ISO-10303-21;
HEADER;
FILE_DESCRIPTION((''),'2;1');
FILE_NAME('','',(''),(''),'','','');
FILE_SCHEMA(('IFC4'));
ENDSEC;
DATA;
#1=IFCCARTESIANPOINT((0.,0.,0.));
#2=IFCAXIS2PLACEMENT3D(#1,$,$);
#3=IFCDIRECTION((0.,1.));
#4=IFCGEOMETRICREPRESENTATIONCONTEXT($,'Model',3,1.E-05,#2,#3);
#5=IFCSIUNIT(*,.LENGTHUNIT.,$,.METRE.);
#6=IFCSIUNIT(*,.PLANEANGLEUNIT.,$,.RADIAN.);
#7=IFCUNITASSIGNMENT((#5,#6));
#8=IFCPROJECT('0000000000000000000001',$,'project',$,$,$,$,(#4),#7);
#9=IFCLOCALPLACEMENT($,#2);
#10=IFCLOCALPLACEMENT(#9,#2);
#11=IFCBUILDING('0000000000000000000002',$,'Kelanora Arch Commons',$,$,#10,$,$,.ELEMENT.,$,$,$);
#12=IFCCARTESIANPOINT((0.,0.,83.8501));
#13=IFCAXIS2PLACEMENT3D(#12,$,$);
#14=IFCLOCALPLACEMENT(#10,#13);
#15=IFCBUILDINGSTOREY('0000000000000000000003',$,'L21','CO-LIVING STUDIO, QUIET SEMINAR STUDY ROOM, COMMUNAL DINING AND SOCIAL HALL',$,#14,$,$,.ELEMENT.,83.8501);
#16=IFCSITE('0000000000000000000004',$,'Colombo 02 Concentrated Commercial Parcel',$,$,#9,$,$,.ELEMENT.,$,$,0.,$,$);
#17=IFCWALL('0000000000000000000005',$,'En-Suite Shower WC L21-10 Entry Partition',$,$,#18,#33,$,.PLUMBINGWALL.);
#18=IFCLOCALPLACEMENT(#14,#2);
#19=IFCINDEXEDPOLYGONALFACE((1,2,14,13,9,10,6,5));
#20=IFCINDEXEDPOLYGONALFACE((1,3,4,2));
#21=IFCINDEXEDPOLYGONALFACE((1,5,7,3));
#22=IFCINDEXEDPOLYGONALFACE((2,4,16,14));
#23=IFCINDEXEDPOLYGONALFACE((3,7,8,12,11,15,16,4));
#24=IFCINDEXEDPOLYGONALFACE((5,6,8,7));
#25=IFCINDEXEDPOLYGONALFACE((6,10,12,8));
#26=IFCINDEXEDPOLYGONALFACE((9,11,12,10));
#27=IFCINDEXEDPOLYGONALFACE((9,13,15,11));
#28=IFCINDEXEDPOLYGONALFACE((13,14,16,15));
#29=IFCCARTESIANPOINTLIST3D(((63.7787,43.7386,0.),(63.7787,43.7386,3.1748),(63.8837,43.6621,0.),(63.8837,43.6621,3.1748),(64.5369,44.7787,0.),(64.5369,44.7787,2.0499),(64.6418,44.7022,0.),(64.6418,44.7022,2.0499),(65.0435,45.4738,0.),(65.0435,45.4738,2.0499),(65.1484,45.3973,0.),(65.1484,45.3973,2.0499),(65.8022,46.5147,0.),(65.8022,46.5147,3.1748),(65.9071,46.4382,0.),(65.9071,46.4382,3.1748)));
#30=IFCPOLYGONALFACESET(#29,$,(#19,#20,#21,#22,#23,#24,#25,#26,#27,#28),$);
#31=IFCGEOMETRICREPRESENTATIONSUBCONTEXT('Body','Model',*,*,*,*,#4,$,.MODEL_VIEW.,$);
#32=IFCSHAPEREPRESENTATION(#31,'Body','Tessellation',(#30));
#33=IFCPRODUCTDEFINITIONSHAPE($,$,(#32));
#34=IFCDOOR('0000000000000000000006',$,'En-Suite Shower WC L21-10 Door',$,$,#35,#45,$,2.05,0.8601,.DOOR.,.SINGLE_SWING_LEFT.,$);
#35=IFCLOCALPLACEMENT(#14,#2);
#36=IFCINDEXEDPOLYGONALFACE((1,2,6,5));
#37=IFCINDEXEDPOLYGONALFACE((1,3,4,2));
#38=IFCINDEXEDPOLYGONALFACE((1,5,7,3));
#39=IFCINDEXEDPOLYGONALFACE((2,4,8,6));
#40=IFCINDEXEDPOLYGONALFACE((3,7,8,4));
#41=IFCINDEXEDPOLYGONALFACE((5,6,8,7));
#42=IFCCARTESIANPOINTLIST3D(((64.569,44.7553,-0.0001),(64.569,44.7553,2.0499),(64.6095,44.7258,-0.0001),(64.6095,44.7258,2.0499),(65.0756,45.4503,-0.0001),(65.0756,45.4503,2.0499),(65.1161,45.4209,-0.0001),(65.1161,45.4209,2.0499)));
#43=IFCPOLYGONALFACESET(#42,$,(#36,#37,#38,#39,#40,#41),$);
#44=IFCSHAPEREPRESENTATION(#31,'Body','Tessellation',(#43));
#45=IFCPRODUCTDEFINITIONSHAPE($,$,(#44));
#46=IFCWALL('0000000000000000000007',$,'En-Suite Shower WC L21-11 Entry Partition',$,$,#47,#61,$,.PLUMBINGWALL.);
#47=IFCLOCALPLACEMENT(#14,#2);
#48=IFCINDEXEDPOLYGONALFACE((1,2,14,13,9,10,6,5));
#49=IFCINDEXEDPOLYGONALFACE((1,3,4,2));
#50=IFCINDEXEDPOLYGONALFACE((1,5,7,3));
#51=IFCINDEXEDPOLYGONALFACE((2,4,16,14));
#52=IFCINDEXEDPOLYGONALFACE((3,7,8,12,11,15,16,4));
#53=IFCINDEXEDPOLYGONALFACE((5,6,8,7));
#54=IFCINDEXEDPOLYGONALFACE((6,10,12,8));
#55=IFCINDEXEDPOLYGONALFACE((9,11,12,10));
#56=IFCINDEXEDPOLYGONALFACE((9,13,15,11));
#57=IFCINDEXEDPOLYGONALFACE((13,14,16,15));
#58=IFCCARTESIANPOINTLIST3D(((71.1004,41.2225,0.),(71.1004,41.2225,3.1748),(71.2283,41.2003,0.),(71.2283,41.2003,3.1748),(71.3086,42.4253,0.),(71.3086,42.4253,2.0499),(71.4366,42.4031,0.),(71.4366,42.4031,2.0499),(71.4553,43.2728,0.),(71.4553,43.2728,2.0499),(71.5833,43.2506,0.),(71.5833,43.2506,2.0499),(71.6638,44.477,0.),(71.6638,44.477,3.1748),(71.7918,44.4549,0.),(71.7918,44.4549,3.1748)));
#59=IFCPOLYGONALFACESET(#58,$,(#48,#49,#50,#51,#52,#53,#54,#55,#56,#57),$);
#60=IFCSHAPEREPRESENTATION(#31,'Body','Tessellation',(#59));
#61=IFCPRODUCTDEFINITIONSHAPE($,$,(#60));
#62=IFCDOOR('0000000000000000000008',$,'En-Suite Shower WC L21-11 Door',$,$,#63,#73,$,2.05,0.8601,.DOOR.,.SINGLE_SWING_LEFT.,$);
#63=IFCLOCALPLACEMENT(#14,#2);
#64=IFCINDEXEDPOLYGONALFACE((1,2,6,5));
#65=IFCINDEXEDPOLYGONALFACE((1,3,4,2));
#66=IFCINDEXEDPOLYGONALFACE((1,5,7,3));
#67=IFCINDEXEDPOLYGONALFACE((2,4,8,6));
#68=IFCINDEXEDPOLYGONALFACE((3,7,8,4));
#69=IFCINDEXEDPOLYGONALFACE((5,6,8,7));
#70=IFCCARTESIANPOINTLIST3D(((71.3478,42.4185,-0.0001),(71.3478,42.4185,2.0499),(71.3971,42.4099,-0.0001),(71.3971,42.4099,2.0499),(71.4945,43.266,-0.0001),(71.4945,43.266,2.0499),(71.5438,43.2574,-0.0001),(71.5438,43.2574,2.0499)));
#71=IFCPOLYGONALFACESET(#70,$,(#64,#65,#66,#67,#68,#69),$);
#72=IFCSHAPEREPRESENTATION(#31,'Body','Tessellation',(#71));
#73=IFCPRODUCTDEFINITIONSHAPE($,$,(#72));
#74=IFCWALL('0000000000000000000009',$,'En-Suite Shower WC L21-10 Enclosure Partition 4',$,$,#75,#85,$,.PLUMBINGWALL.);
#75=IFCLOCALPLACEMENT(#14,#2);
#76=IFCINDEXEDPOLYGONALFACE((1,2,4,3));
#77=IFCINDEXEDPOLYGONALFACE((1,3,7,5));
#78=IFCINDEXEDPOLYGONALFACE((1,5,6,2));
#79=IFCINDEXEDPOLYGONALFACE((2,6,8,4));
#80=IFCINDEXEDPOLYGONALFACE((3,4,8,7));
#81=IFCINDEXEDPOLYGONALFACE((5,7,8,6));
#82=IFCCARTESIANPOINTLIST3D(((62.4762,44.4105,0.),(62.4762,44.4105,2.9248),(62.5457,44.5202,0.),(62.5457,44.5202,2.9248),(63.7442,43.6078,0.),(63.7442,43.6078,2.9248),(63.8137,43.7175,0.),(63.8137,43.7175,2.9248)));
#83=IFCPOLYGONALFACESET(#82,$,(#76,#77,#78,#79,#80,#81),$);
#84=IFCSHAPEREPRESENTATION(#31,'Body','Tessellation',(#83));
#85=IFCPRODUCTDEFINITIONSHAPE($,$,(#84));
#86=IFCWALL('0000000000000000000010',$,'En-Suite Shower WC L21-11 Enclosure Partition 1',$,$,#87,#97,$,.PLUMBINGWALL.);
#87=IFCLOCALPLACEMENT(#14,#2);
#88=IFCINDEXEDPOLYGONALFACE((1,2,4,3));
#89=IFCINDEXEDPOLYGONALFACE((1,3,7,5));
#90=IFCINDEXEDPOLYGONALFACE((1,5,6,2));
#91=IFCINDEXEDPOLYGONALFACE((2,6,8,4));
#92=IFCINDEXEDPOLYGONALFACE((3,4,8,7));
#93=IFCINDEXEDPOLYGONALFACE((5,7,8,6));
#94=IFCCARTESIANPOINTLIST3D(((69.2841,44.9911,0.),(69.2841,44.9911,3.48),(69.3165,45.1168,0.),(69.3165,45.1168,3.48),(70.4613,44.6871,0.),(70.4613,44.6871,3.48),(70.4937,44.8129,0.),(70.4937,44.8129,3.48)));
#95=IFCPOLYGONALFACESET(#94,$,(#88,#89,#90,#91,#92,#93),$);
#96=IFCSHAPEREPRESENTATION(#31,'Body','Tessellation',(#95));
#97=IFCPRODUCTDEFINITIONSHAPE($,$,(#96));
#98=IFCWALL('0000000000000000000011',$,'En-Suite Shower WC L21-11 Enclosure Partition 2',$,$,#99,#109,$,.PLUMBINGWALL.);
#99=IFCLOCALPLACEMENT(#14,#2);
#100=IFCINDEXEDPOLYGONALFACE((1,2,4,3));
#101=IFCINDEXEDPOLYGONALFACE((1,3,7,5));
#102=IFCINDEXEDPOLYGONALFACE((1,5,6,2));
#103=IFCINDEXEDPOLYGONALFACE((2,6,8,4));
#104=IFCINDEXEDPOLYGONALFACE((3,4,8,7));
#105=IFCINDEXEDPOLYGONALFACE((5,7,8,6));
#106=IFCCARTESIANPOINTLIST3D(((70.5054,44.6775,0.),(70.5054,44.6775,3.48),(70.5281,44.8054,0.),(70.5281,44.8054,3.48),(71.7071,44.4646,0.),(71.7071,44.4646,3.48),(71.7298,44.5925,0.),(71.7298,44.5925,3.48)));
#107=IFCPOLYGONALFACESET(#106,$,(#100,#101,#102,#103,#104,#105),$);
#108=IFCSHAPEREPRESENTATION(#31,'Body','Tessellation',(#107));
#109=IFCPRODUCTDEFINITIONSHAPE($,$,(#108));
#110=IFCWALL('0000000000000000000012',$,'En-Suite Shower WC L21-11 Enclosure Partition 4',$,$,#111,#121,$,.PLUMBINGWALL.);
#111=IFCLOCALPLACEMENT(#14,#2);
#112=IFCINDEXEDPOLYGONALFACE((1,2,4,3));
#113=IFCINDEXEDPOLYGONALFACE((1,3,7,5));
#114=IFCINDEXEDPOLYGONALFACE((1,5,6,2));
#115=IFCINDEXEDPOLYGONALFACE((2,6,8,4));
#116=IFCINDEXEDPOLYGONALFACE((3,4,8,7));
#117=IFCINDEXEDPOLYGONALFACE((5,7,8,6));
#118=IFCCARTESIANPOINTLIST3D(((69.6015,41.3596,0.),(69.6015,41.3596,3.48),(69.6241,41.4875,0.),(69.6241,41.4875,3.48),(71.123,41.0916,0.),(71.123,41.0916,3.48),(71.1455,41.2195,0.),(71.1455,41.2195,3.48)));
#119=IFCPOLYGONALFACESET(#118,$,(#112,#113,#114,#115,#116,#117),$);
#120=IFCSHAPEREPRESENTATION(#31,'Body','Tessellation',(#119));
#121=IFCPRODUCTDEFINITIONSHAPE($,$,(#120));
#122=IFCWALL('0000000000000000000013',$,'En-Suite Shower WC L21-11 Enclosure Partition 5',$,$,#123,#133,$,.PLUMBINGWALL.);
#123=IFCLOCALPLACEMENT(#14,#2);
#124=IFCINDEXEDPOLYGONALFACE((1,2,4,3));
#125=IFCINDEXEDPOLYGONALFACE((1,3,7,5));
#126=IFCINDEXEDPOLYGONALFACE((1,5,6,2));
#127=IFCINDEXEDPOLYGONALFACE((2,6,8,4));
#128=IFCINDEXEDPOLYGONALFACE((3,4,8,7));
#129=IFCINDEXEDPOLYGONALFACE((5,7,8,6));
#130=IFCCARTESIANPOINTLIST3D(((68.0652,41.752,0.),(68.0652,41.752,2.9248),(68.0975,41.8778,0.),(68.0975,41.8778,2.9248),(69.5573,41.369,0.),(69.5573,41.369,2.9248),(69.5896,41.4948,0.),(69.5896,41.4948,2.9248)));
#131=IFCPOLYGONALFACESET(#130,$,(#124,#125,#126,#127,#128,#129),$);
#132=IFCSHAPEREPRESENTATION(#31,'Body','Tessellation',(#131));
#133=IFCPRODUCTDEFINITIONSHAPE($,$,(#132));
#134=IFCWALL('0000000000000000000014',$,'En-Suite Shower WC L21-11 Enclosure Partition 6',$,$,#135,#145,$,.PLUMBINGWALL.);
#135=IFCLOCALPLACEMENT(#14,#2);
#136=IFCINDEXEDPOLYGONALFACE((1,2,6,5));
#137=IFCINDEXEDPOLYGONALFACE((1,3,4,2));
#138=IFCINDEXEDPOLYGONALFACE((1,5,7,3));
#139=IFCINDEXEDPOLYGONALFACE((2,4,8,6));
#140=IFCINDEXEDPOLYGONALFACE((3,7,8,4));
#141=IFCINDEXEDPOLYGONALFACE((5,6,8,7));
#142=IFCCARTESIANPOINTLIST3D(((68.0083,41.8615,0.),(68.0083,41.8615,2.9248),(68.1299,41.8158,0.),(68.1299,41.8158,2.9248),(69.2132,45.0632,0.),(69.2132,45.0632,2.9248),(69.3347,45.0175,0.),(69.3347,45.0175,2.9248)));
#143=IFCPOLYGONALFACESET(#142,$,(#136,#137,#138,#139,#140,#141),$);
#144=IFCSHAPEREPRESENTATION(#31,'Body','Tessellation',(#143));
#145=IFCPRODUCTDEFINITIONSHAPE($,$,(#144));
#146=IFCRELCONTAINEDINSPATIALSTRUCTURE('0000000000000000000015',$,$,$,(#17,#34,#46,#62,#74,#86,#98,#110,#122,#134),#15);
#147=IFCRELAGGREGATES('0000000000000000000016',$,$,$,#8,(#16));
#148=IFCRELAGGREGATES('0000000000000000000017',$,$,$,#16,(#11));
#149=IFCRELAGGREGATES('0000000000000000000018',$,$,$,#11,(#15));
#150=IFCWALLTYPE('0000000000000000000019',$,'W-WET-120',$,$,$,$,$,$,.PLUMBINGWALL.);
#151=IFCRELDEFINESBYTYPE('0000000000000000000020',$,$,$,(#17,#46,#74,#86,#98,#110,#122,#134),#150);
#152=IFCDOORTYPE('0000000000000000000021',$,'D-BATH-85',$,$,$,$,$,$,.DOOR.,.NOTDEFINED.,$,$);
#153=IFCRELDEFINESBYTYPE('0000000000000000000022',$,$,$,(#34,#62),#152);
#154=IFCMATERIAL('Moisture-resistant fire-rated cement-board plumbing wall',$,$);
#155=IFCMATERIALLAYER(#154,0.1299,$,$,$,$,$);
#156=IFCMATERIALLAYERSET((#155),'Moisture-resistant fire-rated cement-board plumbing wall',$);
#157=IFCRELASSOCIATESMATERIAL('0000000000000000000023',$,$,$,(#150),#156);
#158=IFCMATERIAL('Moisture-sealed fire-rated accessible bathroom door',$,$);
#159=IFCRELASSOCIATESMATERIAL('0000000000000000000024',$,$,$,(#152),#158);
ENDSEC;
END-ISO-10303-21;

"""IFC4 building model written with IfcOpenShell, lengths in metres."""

from ifc_helpers import new_model, si_unit, direction, frame, frame_2d, origin, place, context, subcontext, project, spatial, rectangle, extrude, material, layer, layer_set, type_object, element, fill, save


model = new_model("IFC4")

# Units and contexts
model_context = context("Model", 3, precision=1e-05, world=origin(), true_north=direction((0.0, 1.0)))
body_context = subcontext(model_context, "Body", "Model", "MODEL_VIEW")
ifc_project = project(units=[si_unit("LENGTHUNIT", "METRE"), si_unit("PLANEANGLEUNIT", "RADIAN")], contexts=[model_context])

# Site, building, storey
site_placement = place(None, origin())
site = spatial("IfcSite", under=ifc_project, at=site_placement, Name="Colombo 02 Concentrated Commercial Parcel", CompositionType="ELEMENT", RefElevation=0.0)
building_placement = place(site_placement, origin())
building = spatial("IfcBuilding", under=site, at=building_placement, Name="Kelanora Arch Commons", CompositionType="ELEMENT")
storey_placement = place(building_placement, frame((0.0, 0.0, 83.8501)))
storey = spatial("IfcBuildingStorey", under=building, at=storey_placement, Name="L21", Description="CO-LIVING STUDIO, QUIET SEMINAR STUDY ROOM, COMMUNAL DINING AND SOCIAL HALL", CompositionType="ELEMENT", Elevation=83.8501)

# Walls, openings, doors
ifc_material_1 = material(Name="Moisture-resistant fire-rated cement-board plumbing wall")
ifc_layer_1 = layer(ifc_material_1, 0.1299)
ifc_layer_set_1 = layer_set([ifc_layer_1], Name="Moisture-resistant fire-rated cement-board plumbing wall")
wall_type_1 = type_object("IfcWallType", Name="W-WET-120", PredefinedType="PLUMBINGWALL", material=ifc_layer_set_1)
wall_1_placement = place(storey_placement, frame((65.8547, 46.4766, 0.0), z_axis=(0.0, 0.0, 1.0), x_axis=(-0.589017, -0.808121, 0.0)))
wall_1 = element("IfcWall", 1, at=wall_1_placement, inside=storey, type_object=wall_type_1, Name="En-Suite Shower WC L21-10 Entry Partition", PredefinedType="PLUMBINGWALL", context=body_context, shape_type="SweptSolid", body=[
    extrude(rectangle(XDim=3.4353, YDim=0.1299, at=frame_2d((1.7178, 0.0))), origin(), (0.0, 0.0, 1.0), 3.1748),
])
opening_1_placement = place(wall_1_placement, frame((1.2881, 0.0, 0.0)))
opening_1 = element("IfcOpeningElement", 2, at=opening_1_placement, cuts=wall_1, PredefinedType="OPENING", context=body_context, shape_type="SweptSolid", body=[
    extrude(rectangle(XDim=0.8601, YDim=2.05, at=frame_2d((0.4302, 1.0249))), frame((0.0, 0.075, 0.0), z_axis=(0.0, -1.0, 0.0), x_axis=(1.0, 0.0, 0.0)), (0.0, 0.0, 1.0), 0.1499),
])
ifc_material_2 = material(Name="Moisture-sealed fire-rated accessible bathroom door")
door_type_1 = type_object("IfcDoorType", Name="D-BATH-85", OperationType="NOTDEFINED", PredefinedType="DOOR", material=ifc_material_2)
door_1_placement = place(opening_1_placement, origin())
door_1 = element("IfcDoor", 3, at=door_1_placement, inside=storey, type_object=door_type_1, Name="En-Suite Shower WC L21-10 Door", OperationType="SINGLE_SWING_LEFT", OverallHeight=2.05, OverallWidth=0.8601, PredefinedType="DOOR", context=body_context, shape_type="SweptSolid", body=[
    extrude(rectangle(XDim=0.8601, YDim=2.05, at=frame_2d((0.4302, 1.0249))), frame((0.0, 0.0249, 0.0), z_axis=(0.0, -1.0, 0.0), x_axis=(1.0, 0.0, 0.0)), (0.0, 0.0, 1.0), 0.05),
])
fill(opening_1, door_1)
wall_2_placement = place(storey_placement, frame((71.7278, 44.4658, 0.0), z_axis=(0.0, 0.0, 1.0), x_axis=(-0.170592, -0.985342, 0.0)))
wall_2 = element("IfcWall", 4, at=wall_2_placement, inside=storey, type_object=wall_type_1, Name="En-Suite Shower WC L21-11 Entry Partition", PredefinedType="PLUMBINGWALL", context=body_context, shape_type="SweptSolid", body=[
    extrude(rectangle(XDim=3.303, YDim=0.1299, at=frame_2d((1.6514, 0.0))), origin(), (0.0, 0.0, 1.0), 3.1748),
])
opening_2_placement = place(wall_2_placement, frame((1.2219, 0.0, 0.0)))
opening_2 = element("IfcOpeningElement", 5, at=opening_2_placement, cuts=wall_2, PredefinedType="OPENING", context=body_context, shape_type="SweptSolid", body=[
    extrude(rectangle(XDim=0.8601, YDim=2.05, at=frame_2d((0.4302, 1.0249))), frame((0.0, 0.075, 0.0), z_axis=(0.0, -1.0, 0.0), x_axis=(1.0, 0.0, 0.0)), (0.0, 0.0, 1.0), 0.1499),
])
door_2_placement = place(opening_2_placement, origin())
door_2 = element("IfcDoor", 6, at=door_2_placement, inside=storey, type_object=door_type_1, Name="En-Suite Shower WC L21-11 Door", OperationType="SINGLE_SWING_LEFT", OverallHeight=2.05, OverallWidth=0.8601, PredefinedType="DOOR", context=body_context, shape_type="SweptSolid", body=[
    extrude(rectangle(XDim=0.8601, YDim=2.05, at=frame_2d((0.4302, 1.0249))), frame((0.0, 0.0249, 0.0), z_axis=(0.0, -1.0, 0.0), x_axis=(1.0, 0.0, 0.0)), (0.0, 0.0, 1.0), 0.05),
])
fill(opening_2, door_2)

# Walls
wall_3_placement = place(storey_placement, frame((63.7791, 43.6626, 0.0), z_axis=(0.0, 0.0, 1.0), x_axis=(-0.844932, 0.534874, 0.0)))
element("IfcWall", 7, at=wall_3_placement, inside=storey, type_object=wall_type_1, Name="En-Suite Shower WC L21-10 Enclosure Partition 4", PredefinedType="PLUMBINGWALL", context=body_context, shape_type="SweptSolid", body=[
    extrude(rectangle(XDim=1.5007, YDim=0.1299, at=frame_2d((0.7505, 0.0))), origin(), (0.0, 0.0, 1.0), 2.9248),
])
wall_4_placement = place(storey_placement, frame((69.3003, 45.054, 0.0), z_axis=(0.0, 0.0, 1.0), x_axis=(0.968248, -0.249993, 0.0)))
element("IfcWall", 8, at=wall_4_placement, inside=storey, type_object=wall_type_1, Name="En-Suite Shower WC L21-11 Enclosure Partition 1", PredefinedType="PLUMBINGWALL", context=body_context, shape_type="SweptSolid", body=[
    extrude(rectangle(XDim=1.2158, YDim=0.1299, at=frame_2d((0.6079, 0.0))), origin(), (0.0, 0.0, 1.0), 3.48),
])
wall_5_placement = place(storey_placement, frame((70.5166, 44.7415, 0.0), z_axis=(0.0, 0.0, 1.0), x_axis=(0.984667, -0.174447, 0.0)))
element("IfcWall", 9, at=wall_5_placement, inside=storey, type_object=wall_type_1, Name="En-Suite Shower WC L21-11 Enclosure Partition 2", PredefinedType="PLUMBINGWALL", context=body_context, shape_type="SweptSolid", body=[
    extrude(rectangle(XDim=1.2205, YDim=0.1299, at=frame_2d((0.6104, 0.0))), origin(), (0.0, 0.0, 1.0), 3.48),
])
wall_6_placement = place(storey_placement, frame((71.1343, 41.1555, 0.0), z_axis=(0.0, 0.0, 1.0), x_axis=(-0.984831, 0.173515, 0.0)))
element("IfcWall", 10, at=wall_6_placement, inside=storey, type_object=wall_type_1, Name="En-Suite Shower WC L21-11 Enclosure Partition 4", PredefinedType="PLUMBINGWALL", context=body_context, shape_type="SweptSolid", body=[
    extrude(rectangle(XDim=1.5449, YDim=0.1299, at=frame_2d((0.7725, 0.0))), origin(), (0.0, 0.0, 1.0), 3.48),
])
wall_7_placement = place(storey_placement, frame((69.5735, 41.4319, 0.0), z_axis=(0.0, 0.0, 1.0), x_axis=(-0.968594, 0.248646, 0.0)))
element("IfcWall", 11, at=wall_7_placement, inside=storey, type_object=wall_type_1, Name="En-Suite Shower WC L21-11 Enclosure Partition 5", PredefinedType="PLUMBINGWALL", context=body_context, shape_type="SweptSolid", body=[
    extrude(rectangle(XDim=1.5405, YDim=0.1299, at=frame_2d((0.7703, 0.0))), origin(), (0.0, 0.0, 1.0), 2.9248),
])
wall_8_placement = place(storey_placement, frame((68.0691, 41.8386, 0.0), z_axis=(0.0, 0.0, 1.0), x_axis=(0.352203, 0.935924, 0.0)))
element("IfcWall", 12, at=wall_8_placement, inside=storey, type_object=wall_type_1, Name="En-Suite Shower WC L21-11 Enclosure Partition 6", PredefinedType="PLUMBINGWALL", context=body_context, shape_type="SweptSolid", body=[
    extrude(rectangle(XDim=3.4209, YDim=0.1299, at=frame_2d((1.7104, 0.0))), origin(), (0.0, 0.0, 1.0), 2.9248),
])

save(model, "model.ifc")
